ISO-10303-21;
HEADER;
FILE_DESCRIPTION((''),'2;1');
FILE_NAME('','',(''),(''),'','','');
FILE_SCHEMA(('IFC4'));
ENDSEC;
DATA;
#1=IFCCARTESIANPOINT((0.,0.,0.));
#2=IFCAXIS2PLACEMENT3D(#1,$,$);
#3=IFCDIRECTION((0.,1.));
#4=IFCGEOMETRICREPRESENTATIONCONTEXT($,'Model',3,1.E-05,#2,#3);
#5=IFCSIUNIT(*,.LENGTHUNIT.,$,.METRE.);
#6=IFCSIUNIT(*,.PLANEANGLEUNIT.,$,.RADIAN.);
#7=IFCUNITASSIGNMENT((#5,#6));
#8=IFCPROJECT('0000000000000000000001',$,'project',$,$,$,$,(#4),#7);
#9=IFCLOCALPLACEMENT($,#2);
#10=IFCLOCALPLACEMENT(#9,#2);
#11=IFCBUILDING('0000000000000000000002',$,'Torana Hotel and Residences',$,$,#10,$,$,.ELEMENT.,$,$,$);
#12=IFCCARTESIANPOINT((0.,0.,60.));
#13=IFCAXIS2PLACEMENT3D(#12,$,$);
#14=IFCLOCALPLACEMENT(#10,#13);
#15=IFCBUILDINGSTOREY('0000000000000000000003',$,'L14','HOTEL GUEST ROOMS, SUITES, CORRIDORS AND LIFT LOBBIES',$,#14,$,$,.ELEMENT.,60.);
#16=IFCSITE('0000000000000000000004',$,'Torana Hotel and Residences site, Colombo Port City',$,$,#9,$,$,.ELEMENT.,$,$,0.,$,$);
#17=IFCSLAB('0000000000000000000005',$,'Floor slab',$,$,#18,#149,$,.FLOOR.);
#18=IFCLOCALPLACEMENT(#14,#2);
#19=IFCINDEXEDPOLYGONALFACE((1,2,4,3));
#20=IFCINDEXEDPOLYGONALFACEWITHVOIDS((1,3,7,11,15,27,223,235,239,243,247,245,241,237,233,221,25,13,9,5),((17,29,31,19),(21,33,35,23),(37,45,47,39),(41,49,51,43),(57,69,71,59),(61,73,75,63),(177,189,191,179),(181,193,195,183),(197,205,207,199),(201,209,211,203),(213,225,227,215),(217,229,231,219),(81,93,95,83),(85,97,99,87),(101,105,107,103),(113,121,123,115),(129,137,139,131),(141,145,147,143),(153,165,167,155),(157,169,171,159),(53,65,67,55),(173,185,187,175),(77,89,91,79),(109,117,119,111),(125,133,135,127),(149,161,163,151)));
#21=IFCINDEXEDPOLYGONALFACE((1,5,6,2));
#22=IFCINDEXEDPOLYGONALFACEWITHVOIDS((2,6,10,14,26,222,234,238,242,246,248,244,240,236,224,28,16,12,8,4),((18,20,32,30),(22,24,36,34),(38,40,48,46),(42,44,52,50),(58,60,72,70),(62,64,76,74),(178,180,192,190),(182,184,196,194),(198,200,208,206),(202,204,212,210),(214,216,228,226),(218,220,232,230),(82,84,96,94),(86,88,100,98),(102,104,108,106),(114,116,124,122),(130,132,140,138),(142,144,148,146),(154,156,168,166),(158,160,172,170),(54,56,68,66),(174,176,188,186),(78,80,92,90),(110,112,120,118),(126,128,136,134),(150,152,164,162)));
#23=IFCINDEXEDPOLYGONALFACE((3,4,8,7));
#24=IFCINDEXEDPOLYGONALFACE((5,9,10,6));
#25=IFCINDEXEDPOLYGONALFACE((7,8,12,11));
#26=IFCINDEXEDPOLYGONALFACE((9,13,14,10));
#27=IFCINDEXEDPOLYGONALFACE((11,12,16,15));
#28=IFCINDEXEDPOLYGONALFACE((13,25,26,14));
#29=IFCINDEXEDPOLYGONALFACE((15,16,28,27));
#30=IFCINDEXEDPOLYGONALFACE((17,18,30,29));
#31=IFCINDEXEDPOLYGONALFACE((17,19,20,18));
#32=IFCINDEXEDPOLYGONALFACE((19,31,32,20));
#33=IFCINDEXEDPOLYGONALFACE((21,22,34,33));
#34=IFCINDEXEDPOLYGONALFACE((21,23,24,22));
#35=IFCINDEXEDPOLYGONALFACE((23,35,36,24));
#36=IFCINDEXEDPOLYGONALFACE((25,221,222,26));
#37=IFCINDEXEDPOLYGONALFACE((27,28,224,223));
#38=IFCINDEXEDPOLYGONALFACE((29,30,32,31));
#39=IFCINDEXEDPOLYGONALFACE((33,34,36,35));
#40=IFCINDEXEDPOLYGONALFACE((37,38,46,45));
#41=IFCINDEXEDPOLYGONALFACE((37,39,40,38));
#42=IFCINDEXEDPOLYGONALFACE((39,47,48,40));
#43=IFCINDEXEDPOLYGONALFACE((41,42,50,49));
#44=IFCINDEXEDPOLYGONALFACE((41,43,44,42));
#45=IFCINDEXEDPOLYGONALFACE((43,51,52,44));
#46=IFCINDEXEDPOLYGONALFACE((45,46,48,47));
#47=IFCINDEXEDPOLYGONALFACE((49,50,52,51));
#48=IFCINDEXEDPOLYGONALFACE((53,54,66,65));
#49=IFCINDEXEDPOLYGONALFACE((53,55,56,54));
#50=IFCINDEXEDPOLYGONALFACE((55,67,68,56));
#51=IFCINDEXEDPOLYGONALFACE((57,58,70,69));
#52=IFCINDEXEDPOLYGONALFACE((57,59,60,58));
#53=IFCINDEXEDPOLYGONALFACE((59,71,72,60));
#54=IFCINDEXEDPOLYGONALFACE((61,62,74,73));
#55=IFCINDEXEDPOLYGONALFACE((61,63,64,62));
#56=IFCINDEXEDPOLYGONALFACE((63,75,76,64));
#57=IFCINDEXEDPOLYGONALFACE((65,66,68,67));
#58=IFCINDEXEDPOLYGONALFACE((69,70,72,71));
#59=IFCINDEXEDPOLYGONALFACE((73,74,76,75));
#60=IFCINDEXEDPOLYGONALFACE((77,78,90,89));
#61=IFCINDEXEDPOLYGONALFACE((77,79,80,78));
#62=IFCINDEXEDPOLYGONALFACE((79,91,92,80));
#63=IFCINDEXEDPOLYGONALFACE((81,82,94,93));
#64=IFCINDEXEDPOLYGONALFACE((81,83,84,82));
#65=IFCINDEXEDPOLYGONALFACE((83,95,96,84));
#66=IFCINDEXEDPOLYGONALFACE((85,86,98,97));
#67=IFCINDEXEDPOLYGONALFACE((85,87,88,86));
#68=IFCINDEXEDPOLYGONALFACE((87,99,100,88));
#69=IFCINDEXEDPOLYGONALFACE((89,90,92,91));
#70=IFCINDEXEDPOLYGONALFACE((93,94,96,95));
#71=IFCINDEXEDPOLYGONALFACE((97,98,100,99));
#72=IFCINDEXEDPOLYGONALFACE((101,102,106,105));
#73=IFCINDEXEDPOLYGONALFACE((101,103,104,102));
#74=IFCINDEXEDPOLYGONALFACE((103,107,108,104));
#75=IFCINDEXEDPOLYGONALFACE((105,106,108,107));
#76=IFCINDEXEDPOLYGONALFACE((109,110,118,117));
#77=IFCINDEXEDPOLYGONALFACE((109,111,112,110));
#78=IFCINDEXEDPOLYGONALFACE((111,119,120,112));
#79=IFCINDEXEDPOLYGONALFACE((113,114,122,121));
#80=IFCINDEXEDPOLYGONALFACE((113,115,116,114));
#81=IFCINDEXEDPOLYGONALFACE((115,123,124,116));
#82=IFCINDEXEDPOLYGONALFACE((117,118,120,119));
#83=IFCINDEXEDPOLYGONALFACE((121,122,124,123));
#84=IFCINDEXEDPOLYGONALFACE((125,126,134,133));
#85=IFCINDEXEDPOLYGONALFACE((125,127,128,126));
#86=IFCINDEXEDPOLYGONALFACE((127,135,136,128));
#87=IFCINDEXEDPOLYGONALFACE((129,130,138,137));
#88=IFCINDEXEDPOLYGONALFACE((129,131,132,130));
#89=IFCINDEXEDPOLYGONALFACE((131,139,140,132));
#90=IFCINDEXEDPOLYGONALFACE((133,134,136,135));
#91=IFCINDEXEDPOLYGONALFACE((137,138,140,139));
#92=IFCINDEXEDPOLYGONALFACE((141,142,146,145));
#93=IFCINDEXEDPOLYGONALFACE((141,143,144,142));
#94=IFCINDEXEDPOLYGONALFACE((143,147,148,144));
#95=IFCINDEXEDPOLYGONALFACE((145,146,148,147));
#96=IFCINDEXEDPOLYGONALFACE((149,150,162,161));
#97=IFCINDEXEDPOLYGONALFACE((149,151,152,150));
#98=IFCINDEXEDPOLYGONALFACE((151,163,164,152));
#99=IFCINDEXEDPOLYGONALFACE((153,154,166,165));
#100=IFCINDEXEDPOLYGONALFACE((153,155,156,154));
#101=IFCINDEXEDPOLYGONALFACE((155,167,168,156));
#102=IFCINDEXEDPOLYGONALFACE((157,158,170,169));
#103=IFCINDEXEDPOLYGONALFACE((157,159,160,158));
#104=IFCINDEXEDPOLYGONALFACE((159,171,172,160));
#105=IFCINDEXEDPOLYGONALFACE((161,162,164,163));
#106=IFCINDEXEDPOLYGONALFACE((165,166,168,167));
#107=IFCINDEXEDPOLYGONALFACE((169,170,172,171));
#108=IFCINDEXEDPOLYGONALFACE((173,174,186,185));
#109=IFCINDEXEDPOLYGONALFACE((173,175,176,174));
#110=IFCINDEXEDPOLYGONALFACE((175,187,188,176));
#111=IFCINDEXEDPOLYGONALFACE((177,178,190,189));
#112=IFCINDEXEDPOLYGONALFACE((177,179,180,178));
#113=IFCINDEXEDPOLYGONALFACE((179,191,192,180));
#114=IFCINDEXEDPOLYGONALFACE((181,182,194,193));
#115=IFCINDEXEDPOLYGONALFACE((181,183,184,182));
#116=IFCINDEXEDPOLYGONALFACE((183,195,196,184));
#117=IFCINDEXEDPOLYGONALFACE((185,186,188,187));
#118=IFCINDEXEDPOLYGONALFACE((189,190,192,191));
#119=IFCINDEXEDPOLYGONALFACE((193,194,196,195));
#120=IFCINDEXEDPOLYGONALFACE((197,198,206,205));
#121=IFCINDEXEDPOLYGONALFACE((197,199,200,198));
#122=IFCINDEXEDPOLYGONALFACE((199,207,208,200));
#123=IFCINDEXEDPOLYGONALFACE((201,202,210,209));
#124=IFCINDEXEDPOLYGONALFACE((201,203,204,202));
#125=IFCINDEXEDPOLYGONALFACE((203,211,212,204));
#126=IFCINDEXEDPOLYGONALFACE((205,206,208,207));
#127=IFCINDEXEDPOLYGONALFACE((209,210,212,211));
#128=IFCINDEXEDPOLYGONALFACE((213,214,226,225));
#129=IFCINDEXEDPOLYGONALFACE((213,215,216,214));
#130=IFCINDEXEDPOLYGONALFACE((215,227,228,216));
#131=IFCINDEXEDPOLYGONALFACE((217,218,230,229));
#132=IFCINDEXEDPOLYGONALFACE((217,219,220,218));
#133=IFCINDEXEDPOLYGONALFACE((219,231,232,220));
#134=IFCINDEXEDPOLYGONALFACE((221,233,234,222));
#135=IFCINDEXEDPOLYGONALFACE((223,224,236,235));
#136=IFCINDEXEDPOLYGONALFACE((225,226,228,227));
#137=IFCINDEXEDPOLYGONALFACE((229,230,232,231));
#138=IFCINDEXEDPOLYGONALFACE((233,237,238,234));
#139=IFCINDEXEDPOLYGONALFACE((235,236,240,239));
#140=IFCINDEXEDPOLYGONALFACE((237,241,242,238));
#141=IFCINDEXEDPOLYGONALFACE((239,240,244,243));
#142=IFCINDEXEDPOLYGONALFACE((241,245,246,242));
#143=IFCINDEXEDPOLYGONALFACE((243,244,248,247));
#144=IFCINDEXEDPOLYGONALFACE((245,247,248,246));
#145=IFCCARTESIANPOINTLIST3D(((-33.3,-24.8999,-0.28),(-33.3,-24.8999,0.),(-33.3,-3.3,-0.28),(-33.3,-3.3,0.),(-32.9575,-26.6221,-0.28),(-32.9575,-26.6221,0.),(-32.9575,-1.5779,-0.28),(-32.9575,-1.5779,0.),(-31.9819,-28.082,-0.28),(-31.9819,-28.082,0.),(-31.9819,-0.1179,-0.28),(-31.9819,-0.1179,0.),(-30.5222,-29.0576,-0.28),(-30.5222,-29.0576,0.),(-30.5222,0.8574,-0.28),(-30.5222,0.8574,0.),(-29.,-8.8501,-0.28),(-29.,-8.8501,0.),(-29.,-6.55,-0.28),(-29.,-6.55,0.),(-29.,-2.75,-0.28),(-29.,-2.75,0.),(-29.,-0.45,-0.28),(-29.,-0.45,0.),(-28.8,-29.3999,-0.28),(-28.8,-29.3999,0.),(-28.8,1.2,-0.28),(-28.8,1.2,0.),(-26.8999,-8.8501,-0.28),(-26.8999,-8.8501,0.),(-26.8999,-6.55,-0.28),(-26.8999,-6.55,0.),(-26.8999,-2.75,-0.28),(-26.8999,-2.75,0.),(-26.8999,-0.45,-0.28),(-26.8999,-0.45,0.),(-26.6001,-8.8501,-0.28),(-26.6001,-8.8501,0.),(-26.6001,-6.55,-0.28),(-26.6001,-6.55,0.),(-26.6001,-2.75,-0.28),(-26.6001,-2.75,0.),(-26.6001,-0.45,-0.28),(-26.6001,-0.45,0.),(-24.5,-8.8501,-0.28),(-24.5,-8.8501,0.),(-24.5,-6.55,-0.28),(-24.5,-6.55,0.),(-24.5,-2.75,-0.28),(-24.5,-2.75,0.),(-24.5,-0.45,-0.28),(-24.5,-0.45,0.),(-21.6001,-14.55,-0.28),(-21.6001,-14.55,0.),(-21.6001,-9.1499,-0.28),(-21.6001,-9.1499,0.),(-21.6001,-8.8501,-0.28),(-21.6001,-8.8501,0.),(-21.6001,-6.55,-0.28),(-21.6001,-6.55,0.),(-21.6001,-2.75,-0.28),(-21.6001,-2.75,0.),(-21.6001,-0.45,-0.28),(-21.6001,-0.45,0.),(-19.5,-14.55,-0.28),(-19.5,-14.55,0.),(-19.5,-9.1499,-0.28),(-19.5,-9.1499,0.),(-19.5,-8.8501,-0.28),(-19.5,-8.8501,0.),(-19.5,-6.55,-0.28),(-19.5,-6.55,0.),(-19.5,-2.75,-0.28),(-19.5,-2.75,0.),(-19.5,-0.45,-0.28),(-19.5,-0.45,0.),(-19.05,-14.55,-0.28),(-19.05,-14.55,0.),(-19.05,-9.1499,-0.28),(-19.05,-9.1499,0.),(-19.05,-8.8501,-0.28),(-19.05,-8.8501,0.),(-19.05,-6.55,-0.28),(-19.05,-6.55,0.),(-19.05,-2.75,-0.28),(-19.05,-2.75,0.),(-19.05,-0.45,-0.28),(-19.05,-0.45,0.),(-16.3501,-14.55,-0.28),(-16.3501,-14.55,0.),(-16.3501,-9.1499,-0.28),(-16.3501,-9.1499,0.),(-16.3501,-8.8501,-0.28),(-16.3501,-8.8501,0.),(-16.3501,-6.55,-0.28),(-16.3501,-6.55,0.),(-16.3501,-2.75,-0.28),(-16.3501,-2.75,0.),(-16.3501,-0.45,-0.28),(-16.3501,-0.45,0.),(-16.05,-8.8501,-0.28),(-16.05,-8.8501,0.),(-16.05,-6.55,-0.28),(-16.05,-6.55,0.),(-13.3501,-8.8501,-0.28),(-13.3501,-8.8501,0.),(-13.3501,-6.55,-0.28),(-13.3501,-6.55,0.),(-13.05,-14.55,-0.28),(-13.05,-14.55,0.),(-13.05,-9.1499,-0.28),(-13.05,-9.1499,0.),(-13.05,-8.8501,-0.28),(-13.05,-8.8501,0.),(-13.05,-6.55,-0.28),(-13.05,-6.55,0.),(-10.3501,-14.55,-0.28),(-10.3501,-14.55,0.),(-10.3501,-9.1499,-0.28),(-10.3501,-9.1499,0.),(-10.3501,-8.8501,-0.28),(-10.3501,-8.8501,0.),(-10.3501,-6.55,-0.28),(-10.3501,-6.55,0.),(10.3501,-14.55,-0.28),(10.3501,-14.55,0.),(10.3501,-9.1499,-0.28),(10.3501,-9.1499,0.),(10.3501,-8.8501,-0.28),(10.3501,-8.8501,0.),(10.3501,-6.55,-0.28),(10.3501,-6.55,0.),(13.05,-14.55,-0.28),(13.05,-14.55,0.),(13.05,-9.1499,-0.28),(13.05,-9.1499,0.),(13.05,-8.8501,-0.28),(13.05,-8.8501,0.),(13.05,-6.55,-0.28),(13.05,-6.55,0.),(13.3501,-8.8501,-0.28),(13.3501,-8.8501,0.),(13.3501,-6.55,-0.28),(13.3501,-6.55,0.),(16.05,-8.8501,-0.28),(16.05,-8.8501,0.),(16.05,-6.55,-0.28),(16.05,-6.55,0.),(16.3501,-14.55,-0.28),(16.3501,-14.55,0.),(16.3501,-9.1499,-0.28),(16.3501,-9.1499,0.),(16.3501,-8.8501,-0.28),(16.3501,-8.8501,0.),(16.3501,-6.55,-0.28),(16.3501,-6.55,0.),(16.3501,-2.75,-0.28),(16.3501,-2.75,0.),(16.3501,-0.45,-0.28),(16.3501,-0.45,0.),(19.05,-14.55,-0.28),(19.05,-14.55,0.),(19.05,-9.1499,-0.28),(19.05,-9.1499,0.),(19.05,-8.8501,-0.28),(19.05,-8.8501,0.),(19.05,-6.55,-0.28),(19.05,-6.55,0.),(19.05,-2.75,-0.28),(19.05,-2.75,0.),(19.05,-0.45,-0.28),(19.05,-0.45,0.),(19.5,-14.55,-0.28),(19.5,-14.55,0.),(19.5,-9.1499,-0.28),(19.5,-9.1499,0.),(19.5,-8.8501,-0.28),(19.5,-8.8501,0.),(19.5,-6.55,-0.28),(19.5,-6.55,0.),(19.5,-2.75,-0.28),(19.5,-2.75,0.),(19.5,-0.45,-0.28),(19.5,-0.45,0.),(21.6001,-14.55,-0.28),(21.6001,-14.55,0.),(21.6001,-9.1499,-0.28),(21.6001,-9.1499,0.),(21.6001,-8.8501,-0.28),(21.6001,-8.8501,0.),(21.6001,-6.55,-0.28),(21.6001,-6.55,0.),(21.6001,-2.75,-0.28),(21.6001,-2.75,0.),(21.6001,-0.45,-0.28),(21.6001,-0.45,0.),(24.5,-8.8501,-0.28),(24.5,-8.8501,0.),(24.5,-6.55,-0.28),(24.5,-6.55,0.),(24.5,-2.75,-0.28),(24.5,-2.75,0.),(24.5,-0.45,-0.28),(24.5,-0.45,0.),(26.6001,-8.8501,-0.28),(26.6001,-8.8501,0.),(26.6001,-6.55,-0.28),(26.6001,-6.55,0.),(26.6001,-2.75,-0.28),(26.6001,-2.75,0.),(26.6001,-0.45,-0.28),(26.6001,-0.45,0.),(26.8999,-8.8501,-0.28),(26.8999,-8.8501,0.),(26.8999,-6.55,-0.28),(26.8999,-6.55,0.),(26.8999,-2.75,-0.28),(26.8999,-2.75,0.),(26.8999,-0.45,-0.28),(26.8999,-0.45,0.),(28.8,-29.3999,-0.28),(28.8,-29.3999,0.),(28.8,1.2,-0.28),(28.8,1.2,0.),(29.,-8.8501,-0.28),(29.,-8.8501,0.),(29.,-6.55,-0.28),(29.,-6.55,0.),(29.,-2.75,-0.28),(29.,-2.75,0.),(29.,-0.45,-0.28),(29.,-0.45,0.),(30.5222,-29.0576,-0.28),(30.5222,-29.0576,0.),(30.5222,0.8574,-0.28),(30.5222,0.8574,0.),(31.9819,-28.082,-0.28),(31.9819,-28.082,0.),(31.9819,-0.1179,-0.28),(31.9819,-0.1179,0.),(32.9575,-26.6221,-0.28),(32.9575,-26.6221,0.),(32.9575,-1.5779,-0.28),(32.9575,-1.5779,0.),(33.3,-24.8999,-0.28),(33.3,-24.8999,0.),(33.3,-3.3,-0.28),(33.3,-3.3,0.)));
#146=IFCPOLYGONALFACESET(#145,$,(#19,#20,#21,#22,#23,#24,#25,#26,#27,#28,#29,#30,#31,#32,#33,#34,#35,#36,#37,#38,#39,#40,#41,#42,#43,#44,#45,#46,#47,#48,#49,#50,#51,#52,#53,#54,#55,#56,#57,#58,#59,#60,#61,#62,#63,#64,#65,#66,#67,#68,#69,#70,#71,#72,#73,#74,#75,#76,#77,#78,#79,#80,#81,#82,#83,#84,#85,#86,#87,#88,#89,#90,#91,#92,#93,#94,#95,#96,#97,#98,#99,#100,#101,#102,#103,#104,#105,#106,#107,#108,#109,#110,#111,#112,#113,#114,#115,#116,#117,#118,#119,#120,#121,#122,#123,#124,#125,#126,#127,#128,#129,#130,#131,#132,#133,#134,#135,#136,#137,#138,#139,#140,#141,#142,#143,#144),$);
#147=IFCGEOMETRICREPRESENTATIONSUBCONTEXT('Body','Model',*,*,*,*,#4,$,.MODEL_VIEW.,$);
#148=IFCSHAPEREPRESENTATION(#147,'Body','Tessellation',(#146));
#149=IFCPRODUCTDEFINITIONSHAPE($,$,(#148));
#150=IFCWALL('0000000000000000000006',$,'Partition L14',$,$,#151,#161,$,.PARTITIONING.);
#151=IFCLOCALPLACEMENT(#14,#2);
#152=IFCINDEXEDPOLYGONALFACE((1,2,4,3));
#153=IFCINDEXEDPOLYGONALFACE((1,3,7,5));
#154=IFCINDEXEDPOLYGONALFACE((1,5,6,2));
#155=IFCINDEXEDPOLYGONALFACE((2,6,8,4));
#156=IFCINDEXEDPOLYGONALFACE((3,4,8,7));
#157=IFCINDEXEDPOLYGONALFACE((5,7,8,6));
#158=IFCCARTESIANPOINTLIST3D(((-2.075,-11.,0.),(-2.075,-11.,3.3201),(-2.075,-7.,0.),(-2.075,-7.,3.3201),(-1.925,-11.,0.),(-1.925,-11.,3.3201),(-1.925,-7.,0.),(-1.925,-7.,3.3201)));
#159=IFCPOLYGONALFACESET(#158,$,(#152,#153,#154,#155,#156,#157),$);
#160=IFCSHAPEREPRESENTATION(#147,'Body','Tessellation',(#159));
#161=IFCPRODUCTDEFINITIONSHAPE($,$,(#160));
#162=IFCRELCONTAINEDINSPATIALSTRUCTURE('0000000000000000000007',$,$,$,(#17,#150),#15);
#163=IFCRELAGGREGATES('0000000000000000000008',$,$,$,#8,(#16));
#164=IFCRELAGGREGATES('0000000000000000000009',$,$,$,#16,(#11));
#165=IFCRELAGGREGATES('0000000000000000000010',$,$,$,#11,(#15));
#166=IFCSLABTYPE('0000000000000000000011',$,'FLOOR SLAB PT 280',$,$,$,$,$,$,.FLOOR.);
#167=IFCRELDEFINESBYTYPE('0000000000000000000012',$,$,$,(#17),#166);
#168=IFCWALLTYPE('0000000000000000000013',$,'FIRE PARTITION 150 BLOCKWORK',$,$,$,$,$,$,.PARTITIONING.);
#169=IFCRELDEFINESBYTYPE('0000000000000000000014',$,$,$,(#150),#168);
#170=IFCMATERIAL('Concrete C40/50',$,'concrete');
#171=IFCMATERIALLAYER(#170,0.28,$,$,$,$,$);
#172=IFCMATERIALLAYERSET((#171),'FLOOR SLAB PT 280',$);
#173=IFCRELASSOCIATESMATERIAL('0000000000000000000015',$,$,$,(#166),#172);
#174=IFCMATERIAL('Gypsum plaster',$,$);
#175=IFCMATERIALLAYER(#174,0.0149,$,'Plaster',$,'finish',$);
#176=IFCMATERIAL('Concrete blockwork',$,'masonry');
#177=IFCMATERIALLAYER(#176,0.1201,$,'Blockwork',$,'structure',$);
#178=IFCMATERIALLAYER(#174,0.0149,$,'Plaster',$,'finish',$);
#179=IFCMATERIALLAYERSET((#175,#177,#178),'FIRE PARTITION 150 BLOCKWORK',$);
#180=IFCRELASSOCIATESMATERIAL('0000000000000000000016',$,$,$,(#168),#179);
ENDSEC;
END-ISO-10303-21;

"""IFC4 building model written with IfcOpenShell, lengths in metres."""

from ifc_helpers import new_model, si_unit, direction, frame, frame_2d, origin, place, context, subcontext, project, spatial, polyline, rectangle, outline, extrude, material, layer, layer_set, type_object, element, save


model = new_model("IFC4")

# Units and contexts
model_context = context("Model", 3, precision=1e-05, world=origin(), true_north=direction((0.0, 1.0)))
body_context = subcontext(model_context, "Body", "Model", "MODEL_VIEW")
ifc_project = project(units=[si_unit("LENGTHUNIT", "METRE"), si_unit("PLANEANGLEUNIT", "RADIAN")], contexts=[model_context])

# Site, building, storey
site_placement = place(None, origin())
site = spatial("IfcSite", under=ifc_project, at=site_placement, Name="Torana Hotel and Residences site, Colombo Port City", CompositionType="ELEMENT", RefElevation=0.0)
building_placement = place(site_placement, origin())
building = spatial("IfcBuilding", under=site, at=building_placement, Name="Torana Hotel and Residences", CompositionType="ELEMENT")
storey_placement = place(building_placement, frame((0.0, 0.0, 60.0)))
storey = spatial("IfcBuildingStorey", under=building, at=storey_placement, Name="L14", Description="HOTEL GUEST ROOMS, SUITES, CORRIDORS AND LIFT LOBBIES", CompositionType="ELEMENT", Elevation=60.0)

# Slab
ifc_material_1 = material(Name="Concrete C40/50", Category="concrete")
ifc_layer_1 = layer(ifc_material_1, 0.28)
ifc_layer_set_1 = layer_set([ifc_layer_1], Name="FLOOR SLAB PT 280")
slab_type_1 = type_object("IfcSlabType", Name="FLOOR SLAB PT 280", PredefinedType="FLOOR", material=ifc_layer_set_1)
slab_1_placement = place(storey_placement, frame((0.0, 0.0, -0.28)))
element("IfcSlab", 1, at=slab_1_placement, inside=storey, type_object=slab_type_1, Name="Floor slab", PredefinedType="FLOOR", context=body_context, shape_type="SweptSolid", body=[
    extrude(outline(polyline([(33.3, -3.3), (32.9575, -1.5779), (31.9819, -0.1179), (30.5222, 0.8574), (28.8, 1.2), (-28.8, 1.2), (-30.5222, 0.8574), (-31.9819, -0.1179), (-32.9575, -1.5779), (-33.3, -3.3), (-33.3, -24.8999), (-32.9575, -26.6221), (-31.9819, -28.082), (-30.5222, -29.0576), (-28.8, -29.3999), (28.8, -29.3999), (30.5222, -29.0576), (31.9819, -28.082), (32.9575, -26.6221), (33.3, -24.8999), (33.3, -3.3)]), holes=[polyline([(-13.05, -14.55), (-10.3501, -14.55), (-10.3501, -9.1499), (-13.05, -9.1499), (-13.05, -14.55)]), polyline([(-19.05, -14.55), (-16.3501, -14.55), (-16.3501, -9.1499), (-19.05, -9.1499), (-19.05, -14.55)]), polyline([(-19.05, -2.75), (-16.3501, -2.75), (-16.3501, -0.45), (-19.05, -0.45), (-19.05, -2.75)]), polyline([(-26.6001, -2.75), (-24.5, -2.75), (-24.5, -0.45), (-26.6001, -0.45), (-26.6001, -2.75)]), polyline([(-29.0, -2.75), (-26.8999, -2.75), (-26.8999, -0.45), (-29.0, -0.45), (-29.0, -2.75)]), polyline([(-26.6001, -8.8501), (-24.5, -8.8501), (-24.5, -6.55), (-26.6001, -6.55), (-26.6001, -8.8501)]), polyline([(-29.0, -8.8501), (-26.8999, -8.8501), (-26.8999, -6.55), (-29.0, -6.55), (-29.0, -8.8501)]), polyline([(-21.6001, -2.75), (-19.5, -2.75), (-19.5, -0.45), (-21.6001, -0.45), (-21.6001, -2.75)]), polyline([(-21.6001, -8.8501), (-19.5, -8.8501), (-19.5, -6.55), (-21.6001, -6.55), (-21.6001, -8.8501)]), polyline([(-13.05, -8.8501), (-10.3501, -8.8501), (-10.3501, -6.55), (-13.05, -6.55), (-13.05, -8.8501)]), polyline([(-16.05, -8.8501), (-13.3501, -8.8501), (-13.3501, -6.55), (-16.05, -6.55), (-16.05, -8.8501)]), polyline([(-19.05, -8.8501), (-16.3501, -8.8501), (-16.3501, -6.55), (-19.05, -6.55), (-19.05, -8.8501)]), polyline([(-21.6001, -14.55), (-19.5, -14.55), (-19.5, -9.1499), (-21.6001, -9.1499), (-21.6001, -14.55)]), polyline([(10.3501, -14.55), (13.05, -14.55), (13.05, -9.1499), (10.3501, -9.1499), (10.3501, -14.55)]), polyline([(16.3501, -14.55), (19.05, -14.55), (19.05, -9.1499), (16.3501, -9.1499), (16.3501, -14.55)]), polyline([(16.3501, -2.75), (19.05, -2.75), (19.05, -0.45), (16.3501, -0.45), (16.3501, -2.75)]), polyline([(24.5, -2.75), (26.6001, -2.75), (26.6001, -0.45), (24.5, -0.45), (24.5, -2.75)]), polyline([(26.8999, -2.75), (29.0, -2.75), (29.0, -0.45), (26.8999, -0.45), (26.8999, -2.75)]), polyline([(24.5, -8.8501), (26.6001, -8.8501), (26.6001, -6.55), (24.5, -6.55), (24.5, -8.8501)]), polyline([(26.8999, -8.8501), (29.0, -8.8501), (29.0, -6.55), (26.8999, -6.55), (26.8999, -8.8501)]), polyline([(19.5, -2.75), (21.6001, -2.75), (21.6001, -0.45), (19.5, -0.45), (19.5, -2.75)]), polyline([(19.5, -8.8501), (21.6001, -8.8501), (21.6001, -6.55), (19.5, -6.55), (19.5, -8.8501)]), polyline([(10.3501, -8.8501), (13.05, -8.8501), (13.05, -6.55), (10.3501, -6.55), (10.3501, -8.8501)]), polyline([(13.3501, -8.8501), (16.05, -8.8501), (16.05, -6.55), (13.3501, -6.55), (13.3501, -8.8501)]), polyline([(16.3501, -8.8501), (19.05, -8.8501), (19.05, -6.55), (16.3501, -6.55), (16.3501, -8.8501)]), polyline([(19.5, -14.55), (21.6001, -14.55), (21.6001, -9.1499), (19.5, -9.1499), (19.5, -14.55)])]), origin(), (0.0, 0.0, 1.0), 0.28),
])

# Wall
ifc_material_2 = material(Name="Gypsum plaster")
ifc_layer_2 = layer(ifc_material_2, 0.0149, Name="Plaster", Category="finish")
ifc_material_3 = material(Name="Concrete blockwork", Category="masonry")
ifc_layer_3 = layer(ifc_material_3, 0.1201, Name="Blockwork", Category="structure")
ifc_layer_4 = layer(ifc_material_2, 0.0149, Name="Plaster", Category="finish")
ifc_layer_set_2 = layer_set([ifc_layer_2, ifc_layer_3, ifc_layer_4], Name="FIRE PARTITION 150 BLOCKWORK")
wall_type_1 = type_object("IfcWallType", Name="FIRE PARTITION 150 BLOCKWORK", PredefinedType="PARTITIONING", material=ifc_layer_set_2)
wall_1_placement = place(storey_placement, frame((-2.0, -11.0, 0.0), z_axis=(0.0, 0.0, 1.0), x_axis=(0.0, 1.0, 0.0)))
element("IfcWall", 2, at=wall_1_placement, inside=storey, type_object=wall_type_1, Name="Partition L14", PredefinedType="PARTITIONING", context=body_context, shape_type="SweptSolid", body=[
    extrude(rectangle(XDim=4.0, YDim=0.1499, at=frame_2d((2.0, 0.0))), origin(), (0.0, 0.0, 1.0), 3.3201),
])

save(model, "model.ifc")
